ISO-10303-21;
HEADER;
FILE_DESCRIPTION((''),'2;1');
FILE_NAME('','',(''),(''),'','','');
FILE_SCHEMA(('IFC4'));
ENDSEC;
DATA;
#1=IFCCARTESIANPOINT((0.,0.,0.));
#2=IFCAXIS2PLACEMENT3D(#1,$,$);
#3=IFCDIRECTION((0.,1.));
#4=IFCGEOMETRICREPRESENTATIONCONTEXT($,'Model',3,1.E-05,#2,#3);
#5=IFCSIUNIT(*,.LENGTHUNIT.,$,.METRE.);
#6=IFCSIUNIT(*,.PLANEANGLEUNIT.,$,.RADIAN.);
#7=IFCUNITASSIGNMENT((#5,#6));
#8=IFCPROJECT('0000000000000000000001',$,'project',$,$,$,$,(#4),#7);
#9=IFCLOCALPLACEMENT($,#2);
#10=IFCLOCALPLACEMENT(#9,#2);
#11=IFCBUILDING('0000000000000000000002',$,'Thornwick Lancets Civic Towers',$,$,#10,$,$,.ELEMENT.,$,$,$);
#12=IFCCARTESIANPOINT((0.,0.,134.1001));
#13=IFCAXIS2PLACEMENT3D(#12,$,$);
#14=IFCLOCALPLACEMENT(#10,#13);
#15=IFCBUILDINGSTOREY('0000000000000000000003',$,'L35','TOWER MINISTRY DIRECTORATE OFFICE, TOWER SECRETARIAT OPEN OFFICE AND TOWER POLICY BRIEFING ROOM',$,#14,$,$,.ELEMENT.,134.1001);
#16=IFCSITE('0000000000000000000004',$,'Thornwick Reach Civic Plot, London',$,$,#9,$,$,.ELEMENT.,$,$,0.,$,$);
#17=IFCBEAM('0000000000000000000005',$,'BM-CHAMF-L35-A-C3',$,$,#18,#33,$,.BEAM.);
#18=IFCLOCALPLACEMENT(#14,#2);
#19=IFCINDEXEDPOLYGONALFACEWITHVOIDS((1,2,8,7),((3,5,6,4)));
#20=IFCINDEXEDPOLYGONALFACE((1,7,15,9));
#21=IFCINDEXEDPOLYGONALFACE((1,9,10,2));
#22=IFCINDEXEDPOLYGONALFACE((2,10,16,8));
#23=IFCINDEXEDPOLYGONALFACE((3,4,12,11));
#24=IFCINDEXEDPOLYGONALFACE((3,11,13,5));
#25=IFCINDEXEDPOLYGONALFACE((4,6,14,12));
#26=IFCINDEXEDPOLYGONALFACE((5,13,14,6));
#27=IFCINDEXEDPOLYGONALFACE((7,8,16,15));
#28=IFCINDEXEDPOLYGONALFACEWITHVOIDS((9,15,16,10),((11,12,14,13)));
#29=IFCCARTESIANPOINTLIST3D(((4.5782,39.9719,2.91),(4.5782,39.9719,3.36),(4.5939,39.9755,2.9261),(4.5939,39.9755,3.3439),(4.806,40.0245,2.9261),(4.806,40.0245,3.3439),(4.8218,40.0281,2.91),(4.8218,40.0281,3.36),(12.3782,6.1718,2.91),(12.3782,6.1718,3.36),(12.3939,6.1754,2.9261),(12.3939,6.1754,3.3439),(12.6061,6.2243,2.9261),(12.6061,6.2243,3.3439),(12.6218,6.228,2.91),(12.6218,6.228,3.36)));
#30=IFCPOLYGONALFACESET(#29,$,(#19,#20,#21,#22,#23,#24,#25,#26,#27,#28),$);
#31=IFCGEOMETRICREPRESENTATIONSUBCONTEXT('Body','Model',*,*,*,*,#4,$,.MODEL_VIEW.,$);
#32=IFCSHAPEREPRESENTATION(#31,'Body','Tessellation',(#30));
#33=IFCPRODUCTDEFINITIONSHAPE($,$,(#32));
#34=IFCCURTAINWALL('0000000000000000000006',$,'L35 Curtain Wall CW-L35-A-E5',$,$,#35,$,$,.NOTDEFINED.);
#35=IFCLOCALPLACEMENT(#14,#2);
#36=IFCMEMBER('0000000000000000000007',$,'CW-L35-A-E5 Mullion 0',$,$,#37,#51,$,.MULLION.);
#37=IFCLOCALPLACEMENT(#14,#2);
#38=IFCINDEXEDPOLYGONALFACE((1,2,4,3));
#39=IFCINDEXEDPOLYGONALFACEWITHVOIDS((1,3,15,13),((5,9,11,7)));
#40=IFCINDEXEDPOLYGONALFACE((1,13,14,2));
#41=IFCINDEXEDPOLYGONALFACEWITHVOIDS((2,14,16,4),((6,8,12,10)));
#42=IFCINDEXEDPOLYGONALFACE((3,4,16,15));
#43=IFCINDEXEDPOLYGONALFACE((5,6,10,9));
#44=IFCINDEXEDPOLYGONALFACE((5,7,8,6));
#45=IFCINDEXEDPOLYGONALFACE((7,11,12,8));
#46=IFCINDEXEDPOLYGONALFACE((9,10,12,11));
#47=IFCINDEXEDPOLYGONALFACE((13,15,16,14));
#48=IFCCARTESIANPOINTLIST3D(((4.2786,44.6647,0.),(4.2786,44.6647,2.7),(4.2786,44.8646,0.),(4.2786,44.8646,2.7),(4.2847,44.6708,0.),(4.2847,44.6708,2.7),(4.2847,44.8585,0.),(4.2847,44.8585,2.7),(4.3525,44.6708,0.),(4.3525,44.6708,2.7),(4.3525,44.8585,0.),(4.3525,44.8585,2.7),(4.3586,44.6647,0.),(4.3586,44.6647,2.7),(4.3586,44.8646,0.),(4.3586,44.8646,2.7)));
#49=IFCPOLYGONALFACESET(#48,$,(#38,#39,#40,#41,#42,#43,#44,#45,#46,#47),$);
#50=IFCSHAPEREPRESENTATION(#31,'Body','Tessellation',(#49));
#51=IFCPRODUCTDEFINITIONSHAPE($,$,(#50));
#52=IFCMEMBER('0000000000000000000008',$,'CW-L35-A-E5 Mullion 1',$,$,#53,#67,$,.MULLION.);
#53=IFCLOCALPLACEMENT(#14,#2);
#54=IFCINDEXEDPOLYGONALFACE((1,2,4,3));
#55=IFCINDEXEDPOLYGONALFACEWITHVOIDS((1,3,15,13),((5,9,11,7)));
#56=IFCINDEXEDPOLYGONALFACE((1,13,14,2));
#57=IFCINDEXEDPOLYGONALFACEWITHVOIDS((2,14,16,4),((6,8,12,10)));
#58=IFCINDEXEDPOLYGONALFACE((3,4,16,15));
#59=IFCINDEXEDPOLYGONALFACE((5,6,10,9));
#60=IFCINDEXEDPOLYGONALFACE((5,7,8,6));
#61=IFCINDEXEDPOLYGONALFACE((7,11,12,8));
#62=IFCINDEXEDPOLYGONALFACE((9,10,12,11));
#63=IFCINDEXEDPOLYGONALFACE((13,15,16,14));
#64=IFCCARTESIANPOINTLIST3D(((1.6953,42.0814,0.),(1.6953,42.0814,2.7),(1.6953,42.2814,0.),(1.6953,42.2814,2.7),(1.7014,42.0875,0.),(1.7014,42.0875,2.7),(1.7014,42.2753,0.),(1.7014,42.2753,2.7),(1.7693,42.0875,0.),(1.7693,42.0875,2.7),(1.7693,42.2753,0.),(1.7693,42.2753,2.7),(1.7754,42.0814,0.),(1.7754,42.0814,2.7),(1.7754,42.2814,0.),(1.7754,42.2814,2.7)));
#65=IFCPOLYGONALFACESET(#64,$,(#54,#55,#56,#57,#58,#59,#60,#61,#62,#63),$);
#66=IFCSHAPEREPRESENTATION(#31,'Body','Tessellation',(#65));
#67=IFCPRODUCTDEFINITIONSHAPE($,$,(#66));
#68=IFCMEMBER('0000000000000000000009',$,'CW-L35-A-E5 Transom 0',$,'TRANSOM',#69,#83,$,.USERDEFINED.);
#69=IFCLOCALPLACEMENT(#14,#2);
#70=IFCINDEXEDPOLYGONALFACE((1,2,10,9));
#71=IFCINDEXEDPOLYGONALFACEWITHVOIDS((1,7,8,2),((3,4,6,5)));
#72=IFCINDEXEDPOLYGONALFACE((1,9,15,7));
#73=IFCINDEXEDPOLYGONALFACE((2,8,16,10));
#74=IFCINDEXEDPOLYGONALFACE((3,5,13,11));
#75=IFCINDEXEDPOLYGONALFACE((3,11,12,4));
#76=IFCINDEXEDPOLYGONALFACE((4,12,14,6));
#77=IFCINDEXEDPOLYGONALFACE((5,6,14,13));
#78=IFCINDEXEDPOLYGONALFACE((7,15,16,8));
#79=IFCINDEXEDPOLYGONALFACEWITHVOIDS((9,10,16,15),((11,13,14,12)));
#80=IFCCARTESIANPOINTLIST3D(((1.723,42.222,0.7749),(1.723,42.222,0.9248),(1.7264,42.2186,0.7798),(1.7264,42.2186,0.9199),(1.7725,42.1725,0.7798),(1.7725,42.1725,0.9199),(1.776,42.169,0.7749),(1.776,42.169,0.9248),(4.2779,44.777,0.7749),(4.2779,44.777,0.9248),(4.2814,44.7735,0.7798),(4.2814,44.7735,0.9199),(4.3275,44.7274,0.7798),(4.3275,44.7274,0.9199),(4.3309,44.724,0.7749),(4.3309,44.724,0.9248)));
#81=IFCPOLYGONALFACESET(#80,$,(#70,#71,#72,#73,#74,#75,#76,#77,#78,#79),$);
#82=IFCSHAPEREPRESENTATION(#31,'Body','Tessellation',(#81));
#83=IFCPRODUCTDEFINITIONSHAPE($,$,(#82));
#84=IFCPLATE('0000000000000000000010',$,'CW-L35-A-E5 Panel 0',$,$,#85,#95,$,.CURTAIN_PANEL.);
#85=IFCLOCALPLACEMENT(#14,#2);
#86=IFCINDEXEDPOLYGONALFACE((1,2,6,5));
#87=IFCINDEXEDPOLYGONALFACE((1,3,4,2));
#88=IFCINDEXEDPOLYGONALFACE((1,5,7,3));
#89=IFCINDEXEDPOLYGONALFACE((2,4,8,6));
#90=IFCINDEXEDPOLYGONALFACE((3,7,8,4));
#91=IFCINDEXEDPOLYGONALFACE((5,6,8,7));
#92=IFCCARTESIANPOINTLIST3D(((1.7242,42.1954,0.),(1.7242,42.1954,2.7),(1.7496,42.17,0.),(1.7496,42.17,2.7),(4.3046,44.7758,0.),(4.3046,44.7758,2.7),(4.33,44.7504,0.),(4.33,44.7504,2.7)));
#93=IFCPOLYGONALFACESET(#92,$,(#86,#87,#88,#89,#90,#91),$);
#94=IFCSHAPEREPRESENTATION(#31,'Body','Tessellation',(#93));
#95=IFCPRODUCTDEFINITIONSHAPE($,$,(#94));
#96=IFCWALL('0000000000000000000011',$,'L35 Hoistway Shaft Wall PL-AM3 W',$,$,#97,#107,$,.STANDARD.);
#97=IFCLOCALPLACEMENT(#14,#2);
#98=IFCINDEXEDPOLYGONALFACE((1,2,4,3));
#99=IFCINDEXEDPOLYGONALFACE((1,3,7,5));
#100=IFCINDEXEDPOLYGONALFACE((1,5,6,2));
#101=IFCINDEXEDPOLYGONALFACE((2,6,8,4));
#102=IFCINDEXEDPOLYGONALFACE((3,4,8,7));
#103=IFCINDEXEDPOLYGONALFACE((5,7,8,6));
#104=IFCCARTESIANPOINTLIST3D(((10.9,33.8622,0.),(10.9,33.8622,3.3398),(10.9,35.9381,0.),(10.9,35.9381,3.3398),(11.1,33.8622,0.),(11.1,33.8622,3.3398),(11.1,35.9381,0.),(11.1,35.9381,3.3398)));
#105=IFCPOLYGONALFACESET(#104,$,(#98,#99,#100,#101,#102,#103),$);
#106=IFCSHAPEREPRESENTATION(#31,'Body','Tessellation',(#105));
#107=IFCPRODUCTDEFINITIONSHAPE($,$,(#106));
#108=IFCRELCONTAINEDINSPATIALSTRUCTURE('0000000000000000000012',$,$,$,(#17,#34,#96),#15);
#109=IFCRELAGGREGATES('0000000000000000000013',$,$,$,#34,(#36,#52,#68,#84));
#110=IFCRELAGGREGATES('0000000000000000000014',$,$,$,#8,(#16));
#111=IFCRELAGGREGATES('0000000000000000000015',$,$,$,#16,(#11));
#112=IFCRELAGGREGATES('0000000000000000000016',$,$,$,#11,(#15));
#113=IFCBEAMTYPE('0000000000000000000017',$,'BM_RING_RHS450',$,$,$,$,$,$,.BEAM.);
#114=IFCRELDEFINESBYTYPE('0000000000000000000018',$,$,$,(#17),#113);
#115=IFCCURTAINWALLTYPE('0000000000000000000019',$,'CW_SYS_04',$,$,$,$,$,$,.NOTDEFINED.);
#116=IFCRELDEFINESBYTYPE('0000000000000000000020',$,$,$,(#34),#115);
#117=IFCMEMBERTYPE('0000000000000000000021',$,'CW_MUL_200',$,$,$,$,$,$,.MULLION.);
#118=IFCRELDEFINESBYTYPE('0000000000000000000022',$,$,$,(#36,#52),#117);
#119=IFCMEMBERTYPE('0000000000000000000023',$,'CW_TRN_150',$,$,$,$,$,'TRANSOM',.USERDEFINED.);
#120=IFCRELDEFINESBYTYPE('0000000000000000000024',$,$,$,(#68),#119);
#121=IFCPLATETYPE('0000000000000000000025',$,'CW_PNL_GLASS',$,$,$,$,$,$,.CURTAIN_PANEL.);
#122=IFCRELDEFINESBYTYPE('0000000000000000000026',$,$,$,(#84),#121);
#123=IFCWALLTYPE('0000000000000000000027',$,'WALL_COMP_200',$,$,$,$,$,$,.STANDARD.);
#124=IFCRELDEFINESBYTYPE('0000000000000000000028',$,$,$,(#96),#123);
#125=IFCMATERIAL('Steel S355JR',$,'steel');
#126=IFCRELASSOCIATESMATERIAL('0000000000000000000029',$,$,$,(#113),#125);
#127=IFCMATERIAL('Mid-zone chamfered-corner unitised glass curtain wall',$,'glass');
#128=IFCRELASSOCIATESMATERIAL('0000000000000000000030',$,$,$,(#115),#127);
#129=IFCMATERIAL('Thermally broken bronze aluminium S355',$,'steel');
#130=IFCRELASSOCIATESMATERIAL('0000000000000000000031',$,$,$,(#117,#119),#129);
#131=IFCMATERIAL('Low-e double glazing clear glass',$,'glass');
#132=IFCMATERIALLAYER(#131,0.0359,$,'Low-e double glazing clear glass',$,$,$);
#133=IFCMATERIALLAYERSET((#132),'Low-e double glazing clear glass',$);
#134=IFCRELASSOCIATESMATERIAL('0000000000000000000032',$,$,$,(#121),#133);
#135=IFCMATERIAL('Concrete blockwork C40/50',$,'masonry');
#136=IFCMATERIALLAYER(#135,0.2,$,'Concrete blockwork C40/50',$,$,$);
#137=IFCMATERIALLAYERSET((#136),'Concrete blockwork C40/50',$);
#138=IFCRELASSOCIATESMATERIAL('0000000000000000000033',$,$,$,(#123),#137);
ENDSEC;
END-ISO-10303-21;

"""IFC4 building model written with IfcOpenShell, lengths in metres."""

from ifc_helpers import new_model, si_unit, direction, frame, frame_2d, origin, origin_2d, place, context, subcontext, project, spatial, rectangle, hollow_rectangle, extrude, material, layer, layer_set, material_profile, profile_set, type_object, element, aggregate, save


model = new_model("IFC4")

# Units and contexts
model_context = context("Model", 3, precision=1e-05, world=origin(), true_north=direction((0.0, 1.0)))
body_context = subcontext(model_context, "Body", "Model", "MODEL_VIEW")
ifc_project = project(units=[si_unit("LENGTHUNIT", "METRE"), si_unit("PLANEANGLEUNIT", "RADIAN")], contexts=[model_context])

# Site, building, storey
site_placement = place(None, origin())
site = spatial("IfcSite", under=ifc_project, at=site_placement, Name="Thornwick Reach Civic Plot, London", CompositionType="ELEMENT", RefElevation=0.0)
building_placement = place(site_placement, origin())
building = spatial("IfcBuilding", under=site, at=building_placement, Name="Thornwick Lancets Civic Towers", CompositionType="ELEMENT")
storey_placement = place(building_placement, frame((0.0, 0.0, 134.1001)))
storey = spatial("IfcBuildingStorey", under=building, at=storey_placement, Name="L35", Description="TOWER MINISTRY DIRECTORATE OFFICE, TOWER SECRETARIAT OPEN OFFICE AND TOWER POLICY BRIEFING ROOM", CompositionType="ELEMENT", Elevation=134.1001)

# Beam
ifc_material_1 = material(Name="Steel S355JR", Category="steel")
ifc_material_profile_1 = material_profile(ifc_material_1, hollow_rectangle(XDim=0.25, YDim=0.45, WallThickness=0.0161, at=origin_2d()), Name="RHS 450x250x16")
ifc_profile_set_1 = profile_set([ifc_material_profile_1], Name="Steel S355JR")
beam_type_1 = type_object("IfcBeamType", Name="BM_RING_RHS450", PredefinedType="BEAM", material=ifc_profile_set_1)
beam_1_placement = place(storey_placement, frame((4.7, 40.0, 3.135), z_axis=(0.224861, -0.974391, 0.0), x_axis=(0.974391, 0.224861, 0.0)))
element("IfcBeam", 1, at=beam_1_placement, inside=storey, type_object=beam_type_1, Name="BM-CHAMF-L35-A-C3", PredefinedType="BEAM", context=body_context, shape_type="SweptSolid", body=[
    extrude(hollow_rectangle(XDim=0.25, YDim=0.45, WallThickness=0.0161, at=origin_2d()), origin(), (0.0, 0.0, 1.0), 34.6885),
])

# Curtain wall, members, plate
ifc_material_2 = material(Name="Mid-zone chamfered-corner unitised glass curtain wall", Category="glass")
curtain_wall_type = type_object("IfcCurtainWallType", Name="CW_SYS_04", PredefinedType="NOTDEFINED", material=ifc_material_2)
curtain_wall_placement = place(storey_placement, origin())
curtain_wall = element("IfcCurtainWall", 2, at=curtain_wall_placement, inside=storey, type_object=curtain_wall_type, Name="L35 Curtain Wall CW-L35-A-E5", PredefinedType="NOTDEFINED")
ifc_material_3 = material(Name="Thermally broken bronze aluminium S355", Category="steel")
ifc_material_profile_2 = material_profile(ifc_material_3, hollow_rectangle(XDim=0.0801, YDim=0.2, WallThickness=0.0061, at=origin_2d()), Name="RHS 200x80x6")
ifc_profile_set_2 = profile_set([ifc_material_profile_2], Name="Thermally broken bronze aluminium S355")
member_type_1 = type_object("IfcMemberType", Name="CW_MUL_200", PredefinedType="MULLION", material=ifc_profile_set_2)
member_1_placement = place(storey_placement, frame((4.3186, 44.7646, 0.0), z_axis=(0.0, 0.0, 1.0), x_axis=(1.0, 0.0, 0.0)))
member_1 = element("IfcMember", 3, at=member_1_placement, type_object=member_type_1, Name="CW-L35-A-E5 Mullion 0", PredefinedType="MULLION", context=body_context, shape_type="SweptSolid", body=[
    extrude(hollow_rectangle(XDim=0.0801, YDim=0.2, WallThickness=0.0061, at=origin_2d()), origin(), (0.0, 0.0, 1.0), 2.7),
])
member_2_placement = place(storey_placement, frame((1.7354, 42.1814, 0.0), z_axis=(0.0, 0.0, 1.0), x_axis=(1.0, 0.0, 0.0)))
member_2 = element("IfcMember", 4, at=member_2_placement, type_object=member_type_1, Name="CW-L35-A-E5 Mullion 1", PredefinedType="MULLION", context=body_context, shape_type="SweptSolid", body=[
    extrude(hollow_rectangle(XDim=0.0801, YDim=0.2, WallThickness=0.0061, at=origin_2d()), origin(), (0.0, 0.0, 1.0), 2.7),
])
ifc_material_profile_3 = material_profile(ifc_material_3, hollow_rectangle(XDim=0.075, YDim=0.1499, WallThickness=0.0049, at=origin_2d()), Name="RHS 150x75x5")
ifc_profile_set_3 = profile_set([ifc_material_profile_3], Name="Thermally broken bronze aluminium S355")
member_type_2 = type_object("IfcMemberType", Name="CW_TRN_150", ElementType="TRANSOM", PredefinedType="USERDEFINED", material=ifc_profile_set_3)
member_3_placement = place(storey_placement, frame((4.3044, 44.7505, 0.8499), z_axis=(-0.707107, -0.707107, 0.0), x_axis=(0.707107, -0.707107, 0.0)))
member_3 = element("IfcMember", 5, at=member_3_placement, type_object=member_type_2, Name="CW-L35-A-E5 Transom 0", ObjectType="TRANSOM", PredefinedType="USERDEFINED", context=body_context, shape_type="SweptSolid", body=[
    extrude(hollow_rectangle(XDim=0.075, YDim=0.1499, WallThickness=0.0049, at=origin_2d()), origin(), (0.0, 0.0, 1.0), 3.6133),
])
ifc_material_4 = material(Name="Low-e double glazing clear glass", Category="glass")
ifc_layer_1 = layer(ifc_material_4, 0.0359, Name="Low-e double glazing clear glass")
ifc_layer_set_1 = layer_set([ifc_layer_1], Name="Low-e double glazing clear glass")
plate_type = type_object("IfcPlateType", Name="CW_PNL_GLASS", PredefinedType="CURTAIN_PANEL", material=ifc_layer_set_1)
plate_placement = place(storey_placement, frame((3.0271, 43.4729, 0.0), z_axis=(0.0, 0.0, 1.0), x_axis=(-0.707107, -0.707107, 0.0)))
plate = element("IfcPlate", 6, at=plate_placement, type_object=plate_type, Name="CW-L35-A-E5 Panel 0", PredefinedType="CURTAIN_PANEL", context=body_context, shape_type="SweptSolid", body=[
    extrude(rectangle(XDim=3.6492, YDim=0.0359, at=origin_2d()), origin(), (0.0, 0.0, 1.0), 2.7),
])
aggregate(curtain_wall, [member_1, member_2, member_3, plate])

# Wall
ifc_material_5 = material(Name="Concrete blockwork C40/50", Category="masonry")
ifc_layer_2 = layer(ifc_material_5, 0.2, Name="Concrete blockwork C40/50")
ifc_layer_set_2 = layer_set([ifc_layer_2], Name="Concrete blockwork C40/50")
wall_type_1 = type_object("IfcWallType", Name="WALL_COMP_200", PredefinedType="STANDARD", material=ifc_layer_set_2)
wall_1_placement = place(storey_placement, frame((11.0, 33.8621, 0.0), z_axis=(0.0, 0.0, 1.0), x_axis=(0.0, 1.0, 0.0)))
element("IfcWall", 7, at=wall_1_placement, inside=storey, type_object=wall_type_1, Name="L35 Hoistway Shaft Wall PL-AM3 W", PredefinedType="STANDARD", context=body_context, shape_type="SweptSolid", body=[
    extrude(rectangle(XDim=2.0759, YDim=0.2, at=frame_2d((1.0381, 0.0))), origin(), (0.0, 0.0, 1.0), 3.3398),
])

save(model, "model.ifc")
